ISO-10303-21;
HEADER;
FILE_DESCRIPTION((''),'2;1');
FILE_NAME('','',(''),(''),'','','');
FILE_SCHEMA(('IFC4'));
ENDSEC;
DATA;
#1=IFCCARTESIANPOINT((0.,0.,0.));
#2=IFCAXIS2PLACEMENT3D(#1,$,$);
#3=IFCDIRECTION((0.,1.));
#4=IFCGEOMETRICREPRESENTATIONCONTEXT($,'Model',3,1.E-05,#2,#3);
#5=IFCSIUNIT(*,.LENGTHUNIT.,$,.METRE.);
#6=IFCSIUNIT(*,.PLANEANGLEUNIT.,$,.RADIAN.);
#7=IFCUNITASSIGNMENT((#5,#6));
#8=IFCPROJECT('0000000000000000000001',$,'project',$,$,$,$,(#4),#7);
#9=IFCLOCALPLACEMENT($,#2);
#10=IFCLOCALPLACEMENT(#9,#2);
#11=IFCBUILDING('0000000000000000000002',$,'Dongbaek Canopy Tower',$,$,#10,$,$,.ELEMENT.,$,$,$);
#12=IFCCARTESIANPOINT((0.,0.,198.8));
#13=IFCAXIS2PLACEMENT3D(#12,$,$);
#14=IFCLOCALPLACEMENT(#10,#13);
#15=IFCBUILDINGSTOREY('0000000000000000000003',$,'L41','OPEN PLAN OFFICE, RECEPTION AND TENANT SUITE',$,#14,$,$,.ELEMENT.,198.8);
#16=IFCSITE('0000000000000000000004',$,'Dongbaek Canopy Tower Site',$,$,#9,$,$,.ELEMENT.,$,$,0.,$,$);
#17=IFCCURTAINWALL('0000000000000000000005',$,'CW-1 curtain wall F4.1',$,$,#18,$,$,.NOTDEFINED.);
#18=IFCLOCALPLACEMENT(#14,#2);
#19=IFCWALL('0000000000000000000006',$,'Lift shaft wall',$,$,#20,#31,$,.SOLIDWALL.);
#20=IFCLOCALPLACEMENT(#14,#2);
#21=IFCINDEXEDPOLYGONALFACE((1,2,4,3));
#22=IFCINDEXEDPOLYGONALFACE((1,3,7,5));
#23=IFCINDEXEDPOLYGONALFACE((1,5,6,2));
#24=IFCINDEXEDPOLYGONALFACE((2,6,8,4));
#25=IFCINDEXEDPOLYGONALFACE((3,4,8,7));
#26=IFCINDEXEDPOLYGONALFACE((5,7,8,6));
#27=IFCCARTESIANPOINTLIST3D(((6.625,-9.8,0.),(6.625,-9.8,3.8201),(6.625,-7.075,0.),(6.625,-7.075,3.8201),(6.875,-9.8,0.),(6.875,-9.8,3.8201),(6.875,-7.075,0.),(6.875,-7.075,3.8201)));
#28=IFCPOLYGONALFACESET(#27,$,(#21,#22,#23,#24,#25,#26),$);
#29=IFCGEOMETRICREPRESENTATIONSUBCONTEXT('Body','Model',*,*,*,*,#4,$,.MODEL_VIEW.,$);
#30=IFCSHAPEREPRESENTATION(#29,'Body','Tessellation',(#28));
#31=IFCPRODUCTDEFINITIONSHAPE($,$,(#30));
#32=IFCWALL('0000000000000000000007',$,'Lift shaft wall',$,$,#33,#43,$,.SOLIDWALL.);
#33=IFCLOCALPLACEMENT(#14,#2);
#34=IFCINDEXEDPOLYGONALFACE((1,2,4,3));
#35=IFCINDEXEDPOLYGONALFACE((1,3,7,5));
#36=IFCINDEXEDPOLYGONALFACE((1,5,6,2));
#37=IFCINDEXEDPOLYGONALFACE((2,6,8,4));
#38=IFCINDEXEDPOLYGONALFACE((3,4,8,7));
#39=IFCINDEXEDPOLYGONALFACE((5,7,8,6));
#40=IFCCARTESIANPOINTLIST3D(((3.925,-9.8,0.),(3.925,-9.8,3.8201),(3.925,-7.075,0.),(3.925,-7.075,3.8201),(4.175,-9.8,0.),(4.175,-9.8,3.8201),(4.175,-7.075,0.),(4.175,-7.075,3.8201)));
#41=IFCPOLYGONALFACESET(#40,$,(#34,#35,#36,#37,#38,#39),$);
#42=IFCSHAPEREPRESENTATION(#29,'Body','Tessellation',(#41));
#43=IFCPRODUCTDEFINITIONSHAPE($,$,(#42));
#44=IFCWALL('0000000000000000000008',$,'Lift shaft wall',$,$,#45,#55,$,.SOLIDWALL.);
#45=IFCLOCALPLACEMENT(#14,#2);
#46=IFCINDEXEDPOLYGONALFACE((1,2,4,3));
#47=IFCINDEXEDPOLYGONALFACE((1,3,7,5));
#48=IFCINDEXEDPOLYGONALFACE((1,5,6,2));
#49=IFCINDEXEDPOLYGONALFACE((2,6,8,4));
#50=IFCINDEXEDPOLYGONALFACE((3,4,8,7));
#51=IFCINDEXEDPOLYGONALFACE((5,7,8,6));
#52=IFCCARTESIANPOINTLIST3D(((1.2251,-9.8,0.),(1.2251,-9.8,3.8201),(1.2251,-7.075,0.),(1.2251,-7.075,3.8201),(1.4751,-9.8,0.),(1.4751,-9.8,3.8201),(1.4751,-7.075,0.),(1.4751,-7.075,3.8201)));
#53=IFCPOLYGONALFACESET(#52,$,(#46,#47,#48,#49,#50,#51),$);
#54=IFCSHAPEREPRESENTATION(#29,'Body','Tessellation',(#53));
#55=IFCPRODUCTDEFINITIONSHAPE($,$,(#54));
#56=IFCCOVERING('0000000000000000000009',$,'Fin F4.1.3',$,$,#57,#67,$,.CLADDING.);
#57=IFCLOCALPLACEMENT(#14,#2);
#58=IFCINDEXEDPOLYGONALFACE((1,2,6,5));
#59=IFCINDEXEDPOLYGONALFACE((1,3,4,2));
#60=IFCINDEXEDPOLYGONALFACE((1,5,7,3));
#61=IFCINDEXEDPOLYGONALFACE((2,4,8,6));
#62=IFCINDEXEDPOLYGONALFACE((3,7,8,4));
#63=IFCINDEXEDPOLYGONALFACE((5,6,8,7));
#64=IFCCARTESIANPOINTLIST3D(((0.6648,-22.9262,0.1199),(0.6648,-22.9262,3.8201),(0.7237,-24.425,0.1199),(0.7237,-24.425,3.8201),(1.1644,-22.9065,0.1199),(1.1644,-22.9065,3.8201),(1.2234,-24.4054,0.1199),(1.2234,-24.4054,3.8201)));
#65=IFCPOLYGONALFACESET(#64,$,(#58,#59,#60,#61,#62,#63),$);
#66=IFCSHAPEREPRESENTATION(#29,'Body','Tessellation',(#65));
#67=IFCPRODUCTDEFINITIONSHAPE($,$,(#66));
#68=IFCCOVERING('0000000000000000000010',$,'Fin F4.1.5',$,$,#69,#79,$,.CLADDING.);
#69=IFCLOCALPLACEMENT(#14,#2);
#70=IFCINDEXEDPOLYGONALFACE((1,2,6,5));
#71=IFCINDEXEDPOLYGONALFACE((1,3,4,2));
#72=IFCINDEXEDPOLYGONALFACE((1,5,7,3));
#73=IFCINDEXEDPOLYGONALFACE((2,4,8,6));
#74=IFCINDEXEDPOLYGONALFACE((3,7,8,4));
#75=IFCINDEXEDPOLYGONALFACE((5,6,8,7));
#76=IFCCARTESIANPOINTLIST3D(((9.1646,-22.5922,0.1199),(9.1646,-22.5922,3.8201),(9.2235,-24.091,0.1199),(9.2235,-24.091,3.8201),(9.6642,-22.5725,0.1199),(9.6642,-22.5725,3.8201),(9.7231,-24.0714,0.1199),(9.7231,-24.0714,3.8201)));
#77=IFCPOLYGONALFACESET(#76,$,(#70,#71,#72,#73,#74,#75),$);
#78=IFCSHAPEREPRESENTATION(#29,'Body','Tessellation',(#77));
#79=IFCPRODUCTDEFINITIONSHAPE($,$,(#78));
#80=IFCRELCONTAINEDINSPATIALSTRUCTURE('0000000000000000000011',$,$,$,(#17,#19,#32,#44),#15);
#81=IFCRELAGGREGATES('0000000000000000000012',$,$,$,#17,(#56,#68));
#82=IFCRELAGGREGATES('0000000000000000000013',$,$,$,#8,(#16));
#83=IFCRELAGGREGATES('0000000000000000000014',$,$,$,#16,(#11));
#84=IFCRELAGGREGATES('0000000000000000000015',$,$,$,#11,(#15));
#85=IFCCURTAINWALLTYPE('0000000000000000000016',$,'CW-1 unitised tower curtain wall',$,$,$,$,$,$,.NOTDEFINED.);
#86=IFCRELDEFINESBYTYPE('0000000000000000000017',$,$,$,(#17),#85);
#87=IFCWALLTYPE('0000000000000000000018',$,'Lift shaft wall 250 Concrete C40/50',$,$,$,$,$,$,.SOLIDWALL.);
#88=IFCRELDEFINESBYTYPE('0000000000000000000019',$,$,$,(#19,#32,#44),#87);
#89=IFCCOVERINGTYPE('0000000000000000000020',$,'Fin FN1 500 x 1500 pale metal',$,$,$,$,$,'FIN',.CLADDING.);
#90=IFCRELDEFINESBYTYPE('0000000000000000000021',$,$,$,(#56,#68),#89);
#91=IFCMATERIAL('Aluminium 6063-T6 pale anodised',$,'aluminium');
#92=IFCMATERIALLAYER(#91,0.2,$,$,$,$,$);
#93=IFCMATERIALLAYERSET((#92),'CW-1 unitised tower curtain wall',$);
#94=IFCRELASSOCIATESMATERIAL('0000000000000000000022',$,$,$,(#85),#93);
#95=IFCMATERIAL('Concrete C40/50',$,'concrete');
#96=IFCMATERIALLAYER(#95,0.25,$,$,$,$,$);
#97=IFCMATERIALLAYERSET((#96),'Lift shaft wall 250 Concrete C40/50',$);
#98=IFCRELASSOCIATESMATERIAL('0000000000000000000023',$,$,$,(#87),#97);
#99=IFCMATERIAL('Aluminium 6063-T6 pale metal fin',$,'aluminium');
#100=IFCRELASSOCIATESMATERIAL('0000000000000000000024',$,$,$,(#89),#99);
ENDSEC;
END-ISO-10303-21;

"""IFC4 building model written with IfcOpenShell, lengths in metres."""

from ifc_helpers import new_model, si_unit, direction, frame, frame_2d, origin, origin_2d, place, context, subcontext, project, spatial, rectangle, extrude, material, layer, layer_set, material_profile, profile_set, type_object, element, aggregate, save


model = new_model("IFC4")

# Units and contexts
model_context = context("Model", 3, precision=1e-05, world=origin(), true_north=direction((0.0, 1.0)))
body_context = subcontext(model_context, "Body", "Model", "MODEL_VIEW")
ifc_project = project(units=[si_unit("LENGTHUNIT", "METRE"), si_unit("PLANEANGLEUNIT", "RADIAN")], contexts=[model_context])

# Site, building, storey
site_placement = place(None, origin())
site = spatial("IfcSite", under=ifc_project, at=site_placement, Name="Dongbaek Canopy Tower Site", CompositionType="ELEMENT", RefElevation=0.0)
building_placement = place(site_placement, origin())
building = spatial("IfcBuilding", under=site, at=building_placement, Name="Dongbaek Canopy Tower", CompositionType="ELEMENT")
storey_placement = place(building_placement, frame((0.0, 0.0, 198.8)))
storey = spatial("IfcBuildingStorey", under=building, at=storey_placement, Name="L41", Description="OPEN PLAN OFFICE, RECEPTION AND TENANT SUITE", CompositionType="ELEMENT", Elevation=198.8)

# Curtain wall
ifc_material_1 = material(Name="Aluminium 6063-T6 pale anodised", Category="aluminium")
ifc_layer_1 = layer(ifc_material_1, 0.2)
ifc_layer_set_1 = layer_set([ifc_layer_1], Name="CW-1 unitised tower curtain wall")
curtain_wall_type = type_object("IfcCurtainWallType", Name="CW-1 unitised tower curtain wall", PredefinedType="NOTDEFINED", material=ifc_layer_set_1)
curtain_wall_1_placement = place(storey_placement, origin())
curtain_wall_1 = element("IfcCurtainWall", 1, at=curtain_wall_1_placement, inside=storey, type_object=curtain_wall_type, Name="CW-1 curtain wall F4.1", PredefinedType="NOTDEFINED")

# Walls
ifc_material_2 = material(Name="Concrete C40/50", Category="concrete")
ifc_layer_2 = layer(ifc_material_2, 0.25)
ifc_layer_set_2 = layer_set([ifc_layer_2], Name="Lift shaft wall 250 Concrete C40/50")
wall_type_1 = type_object("IfcWallType", Name="Lift shaft wall 250 Concrete C40/50", PredefinedType="SOLIDWALL", material=ifc_layer_set_2)
for number, where, z_axis, x_axis, name in (
    (2, (6.75, -9.8, 0.0), (0.0, 0.0, 1.0), (0.0, 1.0, 0.0), "Lift shaft wall"),
    (3, (4.05, -9.8, 0.0), (0.0, 0.0, 1.0), (0.0, 1.0, 0.0), "Lift shaft wall"),
    (4, (1.3501, -9.8, 0.0), (0.0, 0.0, 1.0), (0.0, 1.0, 0.0), "Lift shaft wall"),
):
    element("IfcWall", number, at=place(storey_placement, frame(where, z_axis=z_axis, x_axis=x_axis)), inside=storey, type_object=wall_type_1, Name=name, PredefinedType="SOLIDWALL", context=body_context, shape_type="SweptSolid", body=[
        extrude(rectangle(XDim=2.7251, YDim=0.25, at=frame_2d((1.3625, 0.0))), origin(), (0.0, 0.0, 1.0), 3.8201),
    ])

# Coverings
ifc_material_3 = material(Name="Aluminium 6063-T6 pale metal fin", Category="aluminium")
ifc_material_profile_1 = material_profile(ifc_material_3, rectangle(XDim=1.5, YDim=0.5, at=origin_2d()), Name="Fin FN1 500 x 1500 pale metal")
ifc_profile_set_1 = profile_set([ifc_material_profile_1], Name="Aluminium 6063-T6 pale metal fin")
covering_type = type_object("IfcCoveringType", Name="Fin FN1 500 x 1500 pale metal", ElementType="FIN", PredefinedType="CLADDING", material=ifc_profile_set_1)
covering_1_placement = place(storey_placement, frame((0.9441, -23.6658, 0.1199), z_axis=(0.0, 0.0, 1.0), x_axis=(0.039276, -0.999228, 0.0)))
covering_1 = element("IfcCovering", 5, at=covering_1_placement, type_object=covering_type, Name="Fin F4.1.3", PredefinedType="CLADDING", context=body_context, shape_type="SweptSolid", body=[
    extrude(rectangle(XDim=1.5, YDim=0.5, at=origin_2d()), origin(), (0.0, 0.0, 1.0), 3.7002),
])
covering_2_placement = place(storey_placement, frame((9.4438, -23.3318, 0.1199), z_axis=(0.0, 0.0, 1.0), x_axis=(0.039276, -0.999228, 0.0)))
covering_2 = element("IfcCovering", 6, at=covering_2_placement, type_object=covering_type, Name="Fin F4.1.5", PredefinedType="CLADDING", context=body_context, shape_type="SweptSolid", body=[
    extrude(rectangle(XDim=1.5, YDim=0.5, at=origin_2d()), origin(), (0.0, 0.0, 1.0), 3.7002),
])
aggregate(curtain_wall_1, [covering_1, covering_2])

save(model, "model.ifc")
